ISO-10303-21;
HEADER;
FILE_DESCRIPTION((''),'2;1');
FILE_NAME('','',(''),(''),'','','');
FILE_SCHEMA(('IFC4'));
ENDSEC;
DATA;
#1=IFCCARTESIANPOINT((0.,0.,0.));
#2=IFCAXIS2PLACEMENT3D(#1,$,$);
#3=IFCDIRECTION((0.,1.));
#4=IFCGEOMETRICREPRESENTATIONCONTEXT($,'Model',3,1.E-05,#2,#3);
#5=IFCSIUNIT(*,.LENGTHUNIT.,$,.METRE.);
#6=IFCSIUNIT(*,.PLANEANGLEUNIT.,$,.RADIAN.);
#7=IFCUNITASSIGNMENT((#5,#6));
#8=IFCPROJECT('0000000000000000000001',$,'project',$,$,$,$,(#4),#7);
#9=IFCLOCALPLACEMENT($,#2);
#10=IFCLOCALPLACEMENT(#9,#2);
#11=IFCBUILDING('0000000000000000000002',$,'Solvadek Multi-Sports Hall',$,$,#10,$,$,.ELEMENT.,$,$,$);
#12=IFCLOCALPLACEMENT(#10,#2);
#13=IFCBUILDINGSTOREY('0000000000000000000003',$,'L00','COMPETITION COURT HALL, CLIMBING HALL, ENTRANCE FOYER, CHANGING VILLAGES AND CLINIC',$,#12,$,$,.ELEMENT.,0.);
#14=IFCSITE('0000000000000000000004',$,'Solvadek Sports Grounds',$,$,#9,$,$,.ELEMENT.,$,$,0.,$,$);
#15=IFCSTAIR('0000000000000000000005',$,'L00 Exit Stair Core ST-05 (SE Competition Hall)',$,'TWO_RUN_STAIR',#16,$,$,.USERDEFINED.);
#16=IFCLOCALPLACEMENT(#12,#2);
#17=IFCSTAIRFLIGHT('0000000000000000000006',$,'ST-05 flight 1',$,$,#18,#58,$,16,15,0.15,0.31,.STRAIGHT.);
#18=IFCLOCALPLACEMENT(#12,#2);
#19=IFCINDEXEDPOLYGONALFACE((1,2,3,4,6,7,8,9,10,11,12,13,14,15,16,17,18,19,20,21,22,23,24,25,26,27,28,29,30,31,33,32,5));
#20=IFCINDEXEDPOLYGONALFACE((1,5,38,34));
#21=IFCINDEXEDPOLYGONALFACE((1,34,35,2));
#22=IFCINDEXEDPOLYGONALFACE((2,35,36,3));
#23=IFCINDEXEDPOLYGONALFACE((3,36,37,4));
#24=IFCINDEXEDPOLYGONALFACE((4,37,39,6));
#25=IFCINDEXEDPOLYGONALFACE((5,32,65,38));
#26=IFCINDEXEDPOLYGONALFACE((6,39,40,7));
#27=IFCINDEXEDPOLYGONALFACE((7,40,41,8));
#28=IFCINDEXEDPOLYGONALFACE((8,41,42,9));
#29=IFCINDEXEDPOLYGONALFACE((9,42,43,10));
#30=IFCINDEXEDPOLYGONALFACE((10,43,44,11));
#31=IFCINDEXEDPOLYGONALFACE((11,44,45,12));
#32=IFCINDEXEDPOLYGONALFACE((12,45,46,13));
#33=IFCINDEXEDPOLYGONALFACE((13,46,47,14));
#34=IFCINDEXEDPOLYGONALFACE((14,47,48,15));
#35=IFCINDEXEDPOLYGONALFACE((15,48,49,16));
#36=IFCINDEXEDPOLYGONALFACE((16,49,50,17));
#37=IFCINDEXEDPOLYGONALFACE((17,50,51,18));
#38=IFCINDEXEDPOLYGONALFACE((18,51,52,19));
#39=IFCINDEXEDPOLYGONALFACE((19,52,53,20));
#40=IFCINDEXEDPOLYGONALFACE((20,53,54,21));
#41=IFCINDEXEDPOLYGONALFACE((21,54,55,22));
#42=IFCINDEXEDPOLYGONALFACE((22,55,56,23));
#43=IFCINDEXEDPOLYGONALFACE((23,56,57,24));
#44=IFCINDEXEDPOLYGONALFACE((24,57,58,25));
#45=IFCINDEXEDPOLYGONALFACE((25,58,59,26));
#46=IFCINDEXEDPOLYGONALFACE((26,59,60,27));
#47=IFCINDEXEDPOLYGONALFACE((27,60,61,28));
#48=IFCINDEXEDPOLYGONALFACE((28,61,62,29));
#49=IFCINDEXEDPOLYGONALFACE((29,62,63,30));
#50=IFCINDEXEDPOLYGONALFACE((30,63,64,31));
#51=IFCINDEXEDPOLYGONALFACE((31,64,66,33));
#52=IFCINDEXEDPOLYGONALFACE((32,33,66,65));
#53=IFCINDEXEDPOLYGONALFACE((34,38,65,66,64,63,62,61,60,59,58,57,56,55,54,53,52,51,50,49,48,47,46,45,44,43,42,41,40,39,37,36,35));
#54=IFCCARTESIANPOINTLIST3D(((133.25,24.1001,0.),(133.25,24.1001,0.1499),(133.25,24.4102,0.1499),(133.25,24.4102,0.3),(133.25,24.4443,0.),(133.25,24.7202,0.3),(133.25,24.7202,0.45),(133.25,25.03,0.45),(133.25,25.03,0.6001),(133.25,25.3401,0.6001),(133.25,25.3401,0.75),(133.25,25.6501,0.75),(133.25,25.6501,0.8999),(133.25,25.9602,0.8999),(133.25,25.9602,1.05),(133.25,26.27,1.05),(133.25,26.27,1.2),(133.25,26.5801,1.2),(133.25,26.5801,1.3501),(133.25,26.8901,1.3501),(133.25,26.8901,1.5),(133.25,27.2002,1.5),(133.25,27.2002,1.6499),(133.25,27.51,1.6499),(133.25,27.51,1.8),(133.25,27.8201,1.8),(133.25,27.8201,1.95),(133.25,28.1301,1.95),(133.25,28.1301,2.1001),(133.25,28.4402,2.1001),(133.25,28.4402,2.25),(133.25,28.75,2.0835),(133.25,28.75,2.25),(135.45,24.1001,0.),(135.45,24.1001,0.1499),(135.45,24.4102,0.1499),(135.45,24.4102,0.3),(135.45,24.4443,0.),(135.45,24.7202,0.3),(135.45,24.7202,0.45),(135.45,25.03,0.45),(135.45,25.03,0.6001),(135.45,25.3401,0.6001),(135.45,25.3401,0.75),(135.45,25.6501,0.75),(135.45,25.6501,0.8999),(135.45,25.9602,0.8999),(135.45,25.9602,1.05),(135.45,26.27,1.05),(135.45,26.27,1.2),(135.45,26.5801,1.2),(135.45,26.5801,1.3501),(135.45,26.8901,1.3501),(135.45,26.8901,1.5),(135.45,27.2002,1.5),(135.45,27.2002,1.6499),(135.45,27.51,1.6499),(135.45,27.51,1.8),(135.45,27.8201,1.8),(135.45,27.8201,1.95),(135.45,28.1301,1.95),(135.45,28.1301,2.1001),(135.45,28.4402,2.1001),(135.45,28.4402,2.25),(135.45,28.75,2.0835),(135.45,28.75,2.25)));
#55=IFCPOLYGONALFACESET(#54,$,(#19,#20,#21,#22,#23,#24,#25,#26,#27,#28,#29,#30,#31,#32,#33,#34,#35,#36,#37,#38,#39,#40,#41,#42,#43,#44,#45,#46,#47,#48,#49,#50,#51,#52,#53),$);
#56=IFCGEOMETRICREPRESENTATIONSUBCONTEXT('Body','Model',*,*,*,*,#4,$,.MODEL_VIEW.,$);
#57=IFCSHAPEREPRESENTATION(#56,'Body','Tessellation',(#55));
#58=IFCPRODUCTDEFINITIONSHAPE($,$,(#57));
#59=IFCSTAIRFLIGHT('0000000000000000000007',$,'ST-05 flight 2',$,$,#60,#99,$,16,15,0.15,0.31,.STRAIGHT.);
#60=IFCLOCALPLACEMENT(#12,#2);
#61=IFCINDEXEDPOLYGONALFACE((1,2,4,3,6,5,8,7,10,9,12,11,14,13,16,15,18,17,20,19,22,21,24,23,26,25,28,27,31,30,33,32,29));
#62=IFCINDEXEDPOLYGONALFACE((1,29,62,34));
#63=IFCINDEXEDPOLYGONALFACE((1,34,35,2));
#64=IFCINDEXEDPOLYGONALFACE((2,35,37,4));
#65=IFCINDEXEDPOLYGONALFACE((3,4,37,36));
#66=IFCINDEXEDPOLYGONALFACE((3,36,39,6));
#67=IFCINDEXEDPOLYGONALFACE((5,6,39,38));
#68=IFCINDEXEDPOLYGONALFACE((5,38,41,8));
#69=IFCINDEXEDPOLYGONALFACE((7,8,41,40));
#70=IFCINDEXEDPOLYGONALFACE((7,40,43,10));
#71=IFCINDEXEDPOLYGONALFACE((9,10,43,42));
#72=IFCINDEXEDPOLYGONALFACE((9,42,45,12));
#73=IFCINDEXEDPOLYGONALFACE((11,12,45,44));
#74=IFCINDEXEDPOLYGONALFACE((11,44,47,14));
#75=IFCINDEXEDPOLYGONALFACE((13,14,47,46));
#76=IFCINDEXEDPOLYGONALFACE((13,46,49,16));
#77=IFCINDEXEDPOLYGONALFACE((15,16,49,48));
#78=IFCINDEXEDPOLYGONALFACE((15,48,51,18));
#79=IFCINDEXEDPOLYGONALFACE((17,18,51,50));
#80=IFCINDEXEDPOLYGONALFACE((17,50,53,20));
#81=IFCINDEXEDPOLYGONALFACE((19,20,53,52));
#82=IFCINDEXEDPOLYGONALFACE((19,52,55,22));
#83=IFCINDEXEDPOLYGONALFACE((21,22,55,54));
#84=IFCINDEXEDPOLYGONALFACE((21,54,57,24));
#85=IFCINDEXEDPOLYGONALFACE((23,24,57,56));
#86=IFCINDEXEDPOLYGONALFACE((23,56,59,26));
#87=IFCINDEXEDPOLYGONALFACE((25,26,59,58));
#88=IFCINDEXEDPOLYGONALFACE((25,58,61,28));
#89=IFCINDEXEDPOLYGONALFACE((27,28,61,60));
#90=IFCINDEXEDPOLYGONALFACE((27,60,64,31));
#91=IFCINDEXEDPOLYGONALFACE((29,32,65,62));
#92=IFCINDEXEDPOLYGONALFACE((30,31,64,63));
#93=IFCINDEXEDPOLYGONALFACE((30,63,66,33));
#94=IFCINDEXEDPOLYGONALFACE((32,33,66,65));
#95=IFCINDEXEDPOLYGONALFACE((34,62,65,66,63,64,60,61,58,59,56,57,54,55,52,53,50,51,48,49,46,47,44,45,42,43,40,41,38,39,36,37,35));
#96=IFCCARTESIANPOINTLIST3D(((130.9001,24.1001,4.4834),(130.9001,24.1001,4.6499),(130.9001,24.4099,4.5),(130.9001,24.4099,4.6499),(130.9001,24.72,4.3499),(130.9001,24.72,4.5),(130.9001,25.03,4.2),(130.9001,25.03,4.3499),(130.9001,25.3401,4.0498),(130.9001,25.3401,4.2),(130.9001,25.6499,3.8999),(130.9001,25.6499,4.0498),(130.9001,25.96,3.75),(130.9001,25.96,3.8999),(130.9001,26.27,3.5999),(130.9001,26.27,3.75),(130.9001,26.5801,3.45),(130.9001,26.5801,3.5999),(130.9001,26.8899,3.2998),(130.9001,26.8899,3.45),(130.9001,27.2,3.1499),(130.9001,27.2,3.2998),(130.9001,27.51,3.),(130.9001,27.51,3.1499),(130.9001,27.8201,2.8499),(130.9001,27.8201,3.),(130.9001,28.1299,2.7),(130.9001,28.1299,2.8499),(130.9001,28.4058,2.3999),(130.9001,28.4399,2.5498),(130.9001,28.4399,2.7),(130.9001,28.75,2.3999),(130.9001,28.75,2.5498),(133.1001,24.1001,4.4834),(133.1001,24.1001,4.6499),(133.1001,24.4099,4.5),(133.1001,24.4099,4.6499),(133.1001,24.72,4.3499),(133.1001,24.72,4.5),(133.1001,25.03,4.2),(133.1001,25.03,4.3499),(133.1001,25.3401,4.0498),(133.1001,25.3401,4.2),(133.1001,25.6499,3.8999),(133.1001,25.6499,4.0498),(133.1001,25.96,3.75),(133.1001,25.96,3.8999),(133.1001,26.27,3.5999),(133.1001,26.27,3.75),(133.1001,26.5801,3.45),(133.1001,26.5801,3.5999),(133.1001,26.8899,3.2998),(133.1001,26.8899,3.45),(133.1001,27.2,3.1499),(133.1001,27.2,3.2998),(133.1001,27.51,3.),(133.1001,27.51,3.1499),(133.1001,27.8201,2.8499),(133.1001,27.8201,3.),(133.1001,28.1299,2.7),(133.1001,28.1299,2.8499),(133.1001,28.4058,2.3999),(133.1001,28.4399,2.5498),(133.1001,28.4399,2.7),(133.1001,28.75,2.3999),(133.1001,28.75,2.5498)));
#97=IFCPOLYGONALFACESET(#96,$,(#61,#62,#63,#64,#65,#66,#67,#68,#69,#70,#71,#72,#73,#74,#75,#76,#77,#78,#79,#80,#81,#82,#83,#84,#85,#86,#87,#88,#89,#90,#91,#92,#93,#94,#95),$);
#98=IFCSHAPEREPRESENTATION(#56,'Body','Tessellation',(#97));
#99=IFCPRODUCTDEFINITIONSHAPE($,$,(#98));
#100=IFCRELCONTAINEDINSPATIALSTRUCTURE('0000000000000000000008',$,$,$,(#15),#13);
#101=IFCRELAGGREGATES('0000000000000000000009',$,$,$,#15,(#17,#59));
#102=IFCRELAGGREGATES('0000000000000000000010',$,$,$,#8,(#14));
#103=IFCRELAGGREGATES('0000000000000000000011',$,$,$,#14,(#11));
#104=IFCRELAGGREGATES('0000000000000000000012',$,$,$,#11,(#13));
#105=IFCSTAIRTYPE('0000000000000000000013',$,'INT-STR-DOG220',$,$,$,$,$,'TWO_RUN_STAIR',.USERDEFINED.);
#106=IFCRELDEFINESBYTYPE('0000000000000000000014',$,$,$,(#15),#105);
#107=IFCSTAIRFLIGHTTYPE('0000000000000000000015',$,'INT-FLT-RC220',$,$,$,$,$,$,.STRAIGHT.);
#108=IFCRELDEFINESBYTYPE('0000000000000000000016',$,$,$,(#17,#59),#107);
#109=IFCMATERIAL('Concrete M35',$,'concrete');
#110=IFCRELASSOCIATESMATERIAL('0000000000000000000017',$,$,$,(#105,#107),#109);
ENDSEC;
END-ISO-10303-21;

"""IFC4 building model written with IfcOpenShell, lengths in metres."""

from ifc_helpers import new_model, si_unit, direction, frame, origin, place, context, subcontext, project, spatial, polyline, outline, extrude, material, type_object, element, aggregate, save


model = new_model("IFC4")

# Units and contexts
model_context = context("Model", 3, precision=1e-05, world=origin(), true_north=direction((0.0, 1.0)))
body_context = subcontext(model_context, "Body", "Model", "MODEL_VIEW")
ifc_project = project(units=[si_unit("LENGTHUNIT", "METRE"), si_unit("PLANEANGLEUNIT", "RADIAN")], contexts=[model_context])

# Site, building, storey
site_placement = place(None, origin())
site = spatial("IfcSite", under=ifc_project, at=site_placement, Name="Solvadek Sports Grounds", CompositionType="ELEMENT", RefElevation=0.0)
building_placement = place(site_placement, origin())
building = spatial("IfcBuilding", under=site, at=building_placement, Name="Solvadek Multi-Sports Hall", CompositionType="ELEMENT")
storey_placement = place(building_placement, origin())
storey = spatial("IfcBuildingStorey", under=building, at=storey_placement, Name="L00", Description="COMPETITION COURT HALL, CLIMBING HALL, ENTRANCE FOYER, CHANGING VILLAGES AND CLINIC", CompositionType="ELEMENT", Elevation=0.0)

# Stair, stair flights
ifc_material_1 = material(Name="Concrete M35", Category="concrete")
stair_type = type_object("IfcStairType", Name="INT-STR-DOG220", ElementType="TWO_RUN_STAIR", PredefinedType="USERDEFINED", material=ifc_material_1)
stair_placement = place(storey_placement, origin())
stair = element("IfcStair", 1, at=stair_placement, inside=storey, type_object=stair_type, Name="L00 Exit Stair Core ST-05 (SE Competition Hall)", ObjectType="TWO_RUN_STAIR", PredefinedType="USERDEFINED")
stair_flight_type = type_object("IfcStairFlightType", Name="INT-FLT-RC220", PredefinedType="STRAIGHT", material=ifc_material_1)
stair_flight_1_placement = place(storey_placement, frame((134.3501, 24.1001, 0.0), z_axis=(0.0, 0.0, 1.0), x_axis=(0.0, 1.0, 0.0)))
stair_flight_1 = element("IfcStairFlight", 2, at=stair_flight_1_placement, type_object=stair_flight_type, Name="ST-05 flight 1", NumberOfRisers=16, NumberOfTreads=15, PredefinedType="STRAIGHT", RiserHeight=0.15, TreadLength=0.31, context=body_context, shape_type="SweptSolid", body=[
    extrude(outline(polyline([(0.0, 0.0), (0.0, 0.1499), (0.3101, 0.1499), (0.3101, 0.3), (0.6201, 0.3), (0.6201, 0.45), (0.9299, 0.45), (0.9299, 0.6001), (1.24, 0.6001), (1.24, 0.75), (1.55, 0.75), (1.55, 0.8999), (1.8601, 0.8999), (1.8601, 1.05), (2.1699, 1.05), (2.1699, 1.2), (2.48, 1.2), (2.48, 1.3501), (2.79, 1.3501), (2.79, 1.5), (3.1001, 1.5), (3.1001, 1.6499), (3.4099, 1.6499), (3.4099, 1.8), (3.72, 1.8), (3.72, 1.95), (4.03, 1.95), (4.03, 2.1001), (4.3401, 2.1001), (4.3401, 2.25), (4.6499, 2.25), (4.6499, 2.3999), (4.6499, 2.0835), (0.3442, 0.0), (0.0, 0.0)])), frame((0.0, 1.1001, 0.0), z_axis=(0.0, -1.0, 0.0), x_axis=(1.0, 0.0, 0.0)), (0.0, 0.0, 1.0), 2.2),
])
stair_flight_2_placement = place(storey_placement, frame((132.0, 28.75, 2.3999), z_axis=(0.0, 0.0, 1.0), x_axis=(0.0, -1.0, 0.0)))
stair_flight_2 = element("IfcStairFlight", 3, at=stair_flight_2_placement, type_object=stair_flight_type, Name="ST-05 flight 2", NumberOfRisers=16, NumberOfTreads=15, PredefinedType="STRAIGHT", RiserHeight=0.15, TreadLength=0.31, context=body_context, shape_type="SweptSolid", body=[
    extrude(outline(polyline([(0.0, 0.0), (0.0, 0.1499), (0.3101, 0.1499), (0.3101, 0.3), (0.6201, 0.3), (0.6201, 0.45), (0.9299, 0.45), (0.9299, 0.6001), (1.24, 0.6001), (1.24, 0.75), (1.55, 0.75), (1.55, 0.8999), (1.8601, 0.8999), (1.8601, 1.05), (2.1699, 1.05), (2.1699, 1.2), (2.48, 1.2), (2.48, 1.3501), (2.79, 1.3501), (2.79, 1.5), (3.1001, 1.5), (3.1001, 1.6499), (3.4099, 1.6499), (3.4099, 1.8), (3.72, 1.8), (3.72, 1.95), (4.03, 1.95), (4.03, 2.1001), (4.3401, 2.1001), (4.3401, 2.25), (4.6499, 2.25), (4.6499, 2.3999), (4.6499, 2.0835), (0.3442, 0.0), (0.0, 0.0)])), frame((0.0, 1.1001, 0.0), z_axis=(0.0, -1.0, 0.0), x_axis=(1.0, 0.0, 0.0)), (0.0, 0.0, 1.0), 2.2),
])
aggregate(stair, [stair_flight_1, stair_flight_2])

save(model, "model.ifc")
